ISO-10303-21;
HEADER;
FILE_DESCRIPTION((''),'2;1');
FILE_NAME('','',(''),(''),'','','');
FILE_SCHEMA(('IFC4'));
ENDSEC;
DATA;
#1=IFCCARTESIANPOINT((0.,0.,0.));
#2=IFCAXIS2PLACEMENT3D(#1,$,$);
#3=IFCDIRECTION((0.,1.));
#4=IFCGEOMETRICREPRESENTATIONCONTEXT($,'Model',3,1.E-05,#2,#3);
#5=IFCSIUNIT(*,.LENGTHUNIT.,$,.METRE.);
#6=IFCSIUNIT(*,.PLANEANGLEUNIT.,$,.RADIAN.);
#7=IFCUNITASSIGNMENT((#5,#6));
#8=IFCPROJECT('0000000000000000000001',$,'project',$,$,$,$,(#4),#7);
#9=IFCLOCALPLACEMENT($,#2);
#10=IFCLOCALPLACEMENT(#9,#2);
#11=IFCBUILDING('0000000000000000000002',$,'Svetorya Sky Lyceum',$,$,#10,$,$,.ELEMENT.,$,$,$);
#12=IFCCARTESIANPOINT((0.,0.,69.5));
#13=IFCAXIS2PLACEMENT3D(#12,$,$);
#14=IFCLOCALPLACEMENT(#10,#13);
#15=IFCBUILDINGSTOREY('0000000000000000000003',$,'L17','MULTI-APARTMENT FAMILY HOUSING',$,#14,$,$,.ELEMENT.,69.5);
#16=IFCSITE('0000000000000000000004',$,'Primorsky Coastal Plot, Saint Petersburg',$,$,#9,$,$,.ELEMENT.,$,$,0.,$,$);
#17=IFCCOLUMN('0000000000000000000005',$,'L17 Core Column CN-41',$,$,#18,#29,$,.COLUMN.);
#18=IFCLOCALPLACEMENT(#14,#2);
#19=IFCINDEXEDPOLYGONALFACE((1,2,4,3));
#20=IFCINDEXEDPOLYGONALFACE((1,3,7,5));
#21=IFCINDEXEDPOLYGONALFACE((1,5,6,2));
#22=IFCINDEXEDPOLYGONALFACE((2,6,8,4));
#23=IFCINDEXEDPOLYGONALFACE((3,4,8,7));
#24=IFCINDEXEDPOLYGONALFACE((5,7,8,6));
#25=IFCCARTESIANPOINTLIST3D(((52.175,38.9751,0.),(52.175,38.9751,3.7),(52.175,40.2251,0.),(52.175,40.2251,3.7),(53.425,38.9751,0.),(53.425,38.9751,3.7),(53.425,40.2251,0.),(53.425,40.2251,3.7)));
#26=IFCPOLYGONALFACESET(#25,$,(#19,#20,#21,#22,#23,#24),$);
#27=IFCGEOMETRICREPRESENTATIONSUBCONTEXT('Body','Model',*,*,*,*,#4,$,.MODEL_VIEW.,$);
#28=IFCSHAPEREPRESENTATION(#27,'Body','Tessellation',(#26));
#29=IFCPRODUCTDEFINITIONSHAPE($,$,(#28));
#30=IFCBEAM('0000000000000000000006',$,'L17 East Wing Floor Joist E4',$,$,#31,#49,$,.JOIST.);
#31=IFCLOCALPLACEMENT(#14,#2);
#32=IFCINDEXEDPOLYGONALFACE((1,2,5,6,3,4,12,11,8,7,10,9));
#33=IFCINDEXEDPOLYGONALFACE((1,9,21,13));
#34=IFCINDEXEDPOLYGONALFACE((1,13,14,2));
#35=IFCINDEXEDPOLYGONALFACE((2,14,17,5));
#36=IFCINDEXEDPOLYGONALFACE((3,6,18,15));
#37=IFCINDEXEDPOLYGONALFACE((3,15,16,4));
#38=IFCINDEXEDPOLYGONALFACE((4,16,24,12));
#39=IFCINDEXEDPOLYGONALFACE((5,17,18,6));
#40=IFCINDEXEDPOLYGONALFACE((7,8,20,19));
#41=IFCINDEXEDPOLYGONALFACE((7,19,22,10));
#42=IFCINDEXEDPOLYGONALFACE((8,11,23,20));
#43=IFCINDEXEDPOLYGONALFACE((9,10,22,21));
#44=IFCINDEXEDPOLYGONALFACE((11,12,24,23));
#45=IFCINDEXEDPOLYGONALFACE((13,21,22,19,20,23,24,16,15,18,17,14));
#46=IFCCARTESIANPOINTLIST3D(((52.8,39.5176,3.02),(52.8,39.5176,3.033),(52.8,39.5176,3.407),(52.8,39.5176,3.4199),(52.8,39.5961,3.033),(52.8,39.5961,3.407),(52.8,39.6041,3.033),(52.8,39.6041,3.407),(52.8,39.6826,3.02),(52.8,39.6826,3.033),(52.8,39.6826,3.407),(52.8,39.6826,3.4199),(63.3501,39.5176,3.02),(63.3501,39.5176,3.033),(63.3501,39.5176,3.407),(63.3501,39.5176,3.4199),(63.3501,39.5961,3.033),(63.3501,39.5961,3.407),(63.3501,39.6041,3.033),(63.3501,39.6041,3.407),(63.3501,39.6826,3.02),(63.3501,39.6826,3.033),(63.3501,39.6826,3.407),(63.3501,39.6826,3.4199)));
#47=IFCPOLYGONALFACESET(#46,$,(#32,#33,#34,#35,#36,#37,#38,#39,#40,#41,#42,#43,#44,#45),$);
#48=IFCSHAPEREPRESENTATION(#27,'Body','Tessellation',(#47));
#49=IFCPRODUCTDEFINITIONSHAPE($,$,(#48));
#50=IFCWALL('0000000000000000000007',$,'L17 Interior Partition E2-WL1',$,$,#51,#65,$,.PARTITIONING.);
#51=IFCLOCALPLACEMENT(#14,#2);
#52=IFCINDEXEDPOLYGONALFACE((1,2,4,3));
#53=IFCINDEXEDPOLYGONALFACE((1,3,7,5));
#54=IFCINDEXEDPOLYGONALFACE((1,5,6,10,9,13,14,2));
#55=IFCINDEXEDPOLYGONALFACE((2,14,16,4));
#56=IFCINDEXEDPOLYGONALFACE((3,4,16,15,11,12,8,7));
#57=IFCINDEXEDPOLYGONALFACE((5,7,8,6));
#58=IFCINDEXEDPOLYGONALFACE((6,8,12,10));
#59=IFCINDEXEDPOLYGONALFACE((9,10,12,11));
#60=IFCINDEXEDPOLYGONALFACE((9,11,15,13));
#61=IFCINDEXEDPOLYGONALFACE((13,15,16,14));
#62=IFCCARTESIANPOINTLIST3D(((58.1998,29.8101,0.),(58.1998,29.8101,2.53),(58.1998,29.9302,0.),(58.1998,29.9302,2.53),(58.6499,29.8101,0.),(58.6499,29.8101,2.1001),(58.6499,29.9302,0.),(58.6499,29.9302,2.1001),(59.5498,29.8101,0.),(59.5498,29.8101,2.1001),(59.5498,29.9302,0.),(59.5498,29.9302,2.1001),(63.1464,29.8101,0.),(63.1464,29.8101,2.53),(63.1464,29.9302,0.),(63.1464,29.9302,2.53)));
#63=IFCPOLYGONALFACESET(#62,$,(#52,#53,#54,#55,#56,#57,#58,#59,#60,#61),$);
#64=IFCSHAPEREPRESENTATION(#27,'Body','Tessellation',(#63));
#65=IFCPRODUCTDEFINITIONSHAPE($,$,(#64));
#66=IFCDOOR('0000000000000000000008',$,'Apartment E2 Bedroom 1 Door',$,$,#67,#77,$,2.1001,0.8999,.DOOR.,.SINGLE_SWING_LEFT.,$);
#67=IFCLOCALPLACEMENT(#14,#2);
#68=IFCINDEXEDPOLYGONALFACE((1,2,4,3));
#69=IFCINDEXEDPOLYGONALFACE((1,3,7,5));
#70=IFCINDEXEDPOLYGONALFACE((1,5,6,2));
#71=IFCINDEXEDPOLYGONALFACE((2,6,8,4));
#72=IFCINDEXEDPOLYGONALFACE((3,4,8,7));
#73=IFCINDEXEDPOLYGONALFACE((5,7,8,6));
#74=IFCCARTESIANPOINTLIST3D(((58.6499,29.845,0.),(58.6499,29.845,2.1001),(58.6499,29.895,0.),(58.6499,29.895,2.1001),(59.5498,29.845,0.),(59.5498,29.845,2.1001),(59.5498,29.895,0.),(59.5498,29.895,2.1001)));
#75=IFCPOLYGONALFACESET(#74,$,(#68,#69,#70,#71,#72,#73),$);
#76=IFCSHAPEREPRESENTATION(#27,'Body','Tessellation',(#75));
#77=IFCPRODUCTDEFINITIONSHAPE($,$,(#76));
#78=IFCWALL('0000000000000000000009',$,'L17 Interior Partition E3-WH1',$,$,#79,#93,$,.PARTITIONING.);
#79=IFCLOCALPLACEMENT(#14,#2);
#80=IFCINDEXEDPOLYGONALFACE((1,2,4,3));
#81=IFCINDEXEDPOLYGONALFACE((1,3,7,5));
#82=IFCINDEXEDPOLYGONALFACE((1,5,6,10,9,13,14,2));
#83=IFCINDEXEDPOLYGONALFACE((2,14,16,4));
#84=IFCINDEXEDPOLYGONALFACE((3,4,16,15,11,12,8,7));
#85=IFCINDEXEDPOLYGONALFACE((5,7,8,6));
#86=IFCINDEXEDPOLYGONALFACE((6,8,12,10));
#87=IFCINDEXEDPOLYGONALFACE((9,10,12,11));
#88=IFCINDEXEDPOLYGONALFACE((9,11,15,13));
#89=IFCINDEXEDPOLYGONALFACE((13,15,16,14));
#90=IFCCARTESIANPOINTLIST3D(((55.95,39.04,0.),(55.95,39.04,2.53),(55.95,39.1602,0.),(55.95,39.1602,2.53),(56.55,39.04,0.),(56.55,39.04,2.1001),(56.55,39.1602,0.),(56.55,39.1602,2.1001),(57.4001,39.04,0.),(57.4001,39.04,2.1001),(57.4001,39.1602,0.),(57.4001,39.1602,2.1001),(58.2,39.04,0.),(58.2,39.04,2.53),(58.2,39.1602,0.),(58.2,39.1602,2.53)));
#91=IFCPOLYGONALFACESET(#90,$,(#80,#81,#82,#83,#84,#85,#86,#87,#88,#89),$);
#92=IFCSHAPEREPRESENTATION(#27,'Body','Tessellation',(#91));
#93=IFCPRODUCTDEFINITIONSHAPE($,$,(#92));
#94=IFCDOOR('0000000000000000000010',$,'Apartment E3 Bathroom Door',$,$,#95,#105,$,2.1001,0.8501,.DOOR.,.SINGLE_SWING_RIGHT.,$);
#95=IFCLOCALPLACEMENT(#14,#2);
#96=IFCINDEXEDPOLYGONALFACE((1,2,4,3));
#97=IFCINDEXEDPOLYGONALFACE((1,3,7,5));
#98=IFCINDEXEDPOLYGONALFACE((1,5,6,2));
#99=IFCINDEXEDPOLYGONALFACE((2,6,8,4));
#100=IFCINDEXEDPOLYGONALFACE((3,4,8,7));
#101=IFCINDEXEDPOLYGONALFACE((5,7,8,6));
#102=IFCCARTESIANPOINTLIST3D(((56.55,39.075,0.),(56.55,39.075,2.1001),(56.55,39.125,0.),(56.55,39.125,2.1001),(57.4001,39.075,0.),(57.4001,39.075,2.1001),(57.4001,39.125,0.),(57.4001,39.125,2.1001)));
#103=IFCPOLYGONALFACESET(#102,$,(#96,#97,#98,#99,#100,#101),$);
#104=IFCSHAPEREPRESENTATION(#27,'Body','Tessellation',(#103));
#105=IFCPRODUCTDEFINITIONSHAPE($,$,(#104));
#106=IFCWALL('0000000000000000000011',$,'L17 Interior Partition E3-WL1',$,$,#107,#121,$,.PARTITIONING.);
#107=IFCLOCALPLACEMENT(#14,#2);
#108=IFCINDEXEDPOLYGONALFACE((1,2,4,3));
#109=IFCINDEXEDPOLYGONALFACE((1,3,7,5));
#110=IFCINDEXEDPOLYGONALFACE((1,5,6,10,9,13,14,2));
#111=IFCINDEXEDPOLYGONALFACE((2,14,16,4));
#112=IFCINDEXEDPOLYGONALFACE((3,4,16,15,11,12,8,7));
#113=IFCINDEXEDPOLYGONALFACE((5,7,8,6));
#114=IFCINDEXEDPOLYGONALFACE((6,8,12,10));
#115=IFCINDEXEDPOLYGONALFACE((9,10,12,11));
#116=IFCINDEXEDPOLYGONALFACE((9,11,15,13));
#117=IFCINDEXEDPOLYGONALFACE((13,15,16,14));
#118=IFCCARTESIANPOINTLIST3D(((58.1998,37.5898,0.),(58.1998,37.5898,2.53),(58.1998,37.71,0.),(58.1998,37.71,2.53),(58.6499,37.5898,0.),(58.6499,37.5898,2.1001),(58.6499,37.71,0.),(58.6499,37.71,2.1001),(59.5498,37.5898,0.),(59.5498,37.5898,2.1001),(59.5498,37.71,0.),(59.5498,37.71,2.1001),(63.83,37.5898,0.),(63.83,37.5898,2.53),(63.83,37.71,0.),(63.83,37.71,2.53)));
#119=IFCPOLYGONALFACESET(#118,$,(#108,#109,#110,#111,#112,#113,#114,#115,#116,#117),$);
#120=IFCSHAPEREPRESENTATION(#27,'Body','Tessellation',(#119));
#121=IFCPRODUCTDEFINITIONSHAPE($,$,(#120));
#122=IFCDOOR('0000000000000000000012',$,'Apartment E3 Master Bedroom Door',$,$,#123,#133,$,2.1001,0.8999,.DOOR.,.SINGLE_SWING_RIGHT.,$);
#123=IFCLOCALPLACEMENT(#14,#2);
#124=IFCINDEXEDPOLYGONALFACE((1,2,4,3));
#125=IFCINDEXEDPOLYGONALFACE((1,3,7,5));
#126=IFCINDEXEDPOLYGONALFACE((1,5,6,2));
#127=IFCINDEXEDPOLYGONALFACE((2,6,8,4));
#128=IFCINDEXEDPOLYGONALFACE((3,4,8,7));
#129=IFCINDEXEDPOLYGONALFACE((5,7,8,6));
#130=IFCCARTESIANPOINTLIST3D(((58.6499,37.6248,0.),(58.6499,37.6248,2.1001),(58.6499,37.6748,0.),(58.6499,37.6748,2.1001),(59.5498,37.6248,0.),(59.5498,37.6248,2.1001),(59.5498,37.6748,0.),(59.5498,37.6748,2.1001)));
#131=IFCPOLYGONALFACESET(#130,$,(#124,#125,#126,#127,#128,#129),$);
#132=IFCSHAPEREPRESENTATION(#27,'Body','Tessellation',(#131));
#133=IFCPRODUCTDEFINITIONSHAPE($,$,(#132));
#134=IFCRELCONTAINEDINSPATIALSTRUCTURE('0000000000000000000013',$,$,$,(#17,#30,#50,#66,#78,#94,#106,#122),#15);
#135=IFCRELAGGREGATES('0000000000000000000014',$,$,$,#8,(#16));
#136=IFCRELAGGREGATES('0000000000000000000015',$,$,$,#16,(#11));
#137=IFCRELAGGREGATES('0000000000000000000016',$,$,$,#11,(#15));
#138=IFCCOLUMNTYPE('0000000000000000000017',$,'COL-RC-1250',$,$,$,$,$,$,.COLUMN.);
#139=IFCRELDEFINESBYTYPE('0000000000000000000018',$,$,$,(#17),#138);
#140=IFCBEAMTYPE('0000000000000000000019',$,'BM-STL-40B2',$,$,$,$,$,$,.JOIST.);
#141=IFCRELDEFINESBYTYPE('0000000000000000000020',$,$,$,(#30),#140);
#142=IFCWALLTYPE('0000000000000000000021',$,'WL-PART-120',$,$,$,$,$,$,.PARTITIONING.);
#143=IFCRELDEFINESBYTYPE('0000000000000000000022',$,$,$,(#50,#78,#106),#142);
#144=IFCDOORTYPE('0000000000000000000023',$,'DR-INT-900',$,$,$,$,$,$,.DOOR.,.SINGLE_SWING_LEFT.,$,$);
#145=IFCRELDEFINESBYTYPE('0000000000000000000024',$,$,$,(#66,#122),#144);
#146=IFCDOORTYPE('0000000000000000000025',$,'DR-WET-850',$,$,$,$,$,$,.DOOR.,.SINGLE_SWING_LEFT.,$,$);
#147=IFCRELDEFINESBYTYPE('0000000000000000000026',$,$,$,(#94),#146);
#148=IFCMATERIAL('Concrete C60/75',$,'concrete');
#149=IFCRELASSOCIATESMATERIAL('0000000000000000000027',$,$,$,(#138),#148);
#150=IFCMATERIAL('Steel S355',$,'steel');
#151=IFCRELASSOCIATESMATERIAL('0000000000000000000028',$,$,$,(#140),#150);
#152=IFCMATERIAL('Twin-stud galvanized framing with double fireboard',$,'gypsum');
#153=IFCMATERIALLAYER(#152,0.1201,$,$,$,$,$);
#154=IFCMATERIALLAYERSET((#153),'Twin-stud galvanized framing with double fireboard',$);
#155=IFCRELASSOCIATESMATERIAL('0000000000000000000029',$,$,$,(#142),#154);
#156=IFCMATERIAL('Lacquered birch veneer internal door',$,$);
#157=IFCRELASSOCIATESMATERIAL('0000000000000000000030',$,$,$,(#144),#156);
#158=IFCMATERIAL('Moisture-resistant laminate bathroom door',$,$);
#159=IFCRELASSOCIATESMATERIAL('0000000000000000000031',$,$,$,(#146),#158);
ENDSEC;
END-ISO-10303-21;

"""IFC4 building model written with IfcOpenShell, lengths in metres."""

from ifc_helpers import new_model, si_unit, direction, frame, frame_2d, origin, origin_2d, place, context, subcontext, project, spatial, rectangle, i_section, extrude, material, layer, layer_set, material_profile, profile_set, type_object, element, fill, save


model = new_model("IFC4")

# Units and contexts
model_context = context("Model", 3, precision=1e-05, world=origin(), true_north=direction((0.0, 1.0)))
body_context = subcontext(model_context, "Body", "Model", "MODEL_VIEW")
ifc_project = project(units=[si_unit("LENGTHUNIT", "METRE"), si_unit("PLANEANGLEUNIT", "RADIAN")], contexts=[model_context])

# Site, building, storey
site_placement = place(None, origin())
site = spatial("IfcSite", under=ifc_project, at=site_placement, Name="Primorsky Coastal Plot, Saint Petersburg", CompositionType="ELEMENT", RefElevation=0.0)
building_placement = place(site_placement, origin())
building = spatial("IfcBuilding", under=site, at=building_placement, Name="Svetorya Sky Lyceum", CompositionType="ELEMENT")
storey_placement = place(building_placement, frame((0.0, 0.0, 69.5)))
storey = spatial("IfcBuildingStorey", under=building, at=storey_placement, Name="L17", Description="MULTI-APARTMENT FAMILY HOUSING", CompositionType="ELEMENT", Elevation=69.5)

# Column
ifc_material_1 = material(Name="Concrete C60/75", Category="concrete")
ifc_material_profile_1 = material_profile(ifc_material_1, rectangle(XDim=1.25, YDim=1.25, at=origin_2d()), Name="RC COL 1250x1250")
ifc_profile_set_1 = profile_set([ifc_material_profile_1], Name="Concrete C60/75")
column_type = type_object("IfcColumnType", Name="COL-RC-1250", PredefinedType="COLUMN", material=ifc_profile_set_1)
column_placement = place(storey_placement, frame((52.8, 39.6001, 0.0), z_axis=(0.0, 0.0, 1.0), x_axis=(1.0, 0.0, 0.0)))
element("IfcColumn", 1, at=column_placement, inside=storey, type_object=column_type, Name="L17 Core Column CN-41", PredefinedType="COLUMN", context=body_context, shape_type="SweptSolid", body=[
    extrude(rectangle(XDim=1.25, YDim=1.25, at=origin_2d()), origin(), (0.0, 0.0, 1.0), 3.7),
])

# Beam
ifc_material_2 = material(Name="Steel S355", Category="steel")
ifc_material_profile_2 = material_profile(ifc_material_2, i_section(OverallWidth=0.165, OverallDepth=0.3999, WebThickness=0.0081, FlangeThickness=0.0129, at=origin_2d()), Name="GOST 40B2")
ifc_profile_set_2 = profile_set([ifc_material_profile_2], Name="Steel S355")
beam_type = type_object("IfcBeamType", Name="BM-STL-40B2", PredefinedType="JOIST", material=ifc_profile_set_2)
beam_placement = place(storey_placement, frame((52.8, 39.6001, 3.22), z_axis=(1.0, 0.0, 0.0), x_axis=(0.0, 1.0, 0.0)))
element("IfcBeam", 2, at=beam_placement, inside=storey, type_object=beam_type, Name="L17 East Wing Floor Joist E4", PredefinedType="JOIST", context=body_context, shape_type="SweptSolid", body=[
    extrude(i_section(OverallWidth=0.165, OverallDepth=0.3999, WebThickness=0.0081, FlangeThickness=0.0129, at=origin_2d()), origin(), (0.0, 0.0, 1.0), 10.55),
])

# Walls, openings, doors
ifc_material_3 = material(Name="Twin-stud galvanized framing with double fireboard", Category="gypsum")
ifc_layer_1 = layer(ifc_material_3, 0.1201)
ifc_layer_set_1 = layer_set([ifc_layer_1], Name="Twin-stud galvanized framing with double fireboard")
wall_type_1 = type_object("IfcWallType", Name="WL-PART-120", PredefinedType="PARTITIONING", material=ifc_layer_set_1)
wall_1_placement = place(storey_placement, frame((58.2, 29.8701, 0.0), z_axis=(0.0, 0.0, 1.0), x_axis=(1.0, 0.0, 0.0)))
wall_1 = element("IfcWall", 3, at=wall_1_placement, inside=storey, type_object=wall_type_1, Name="L17 Interior Partition E2-WL1", PredefinedType="PARTITIONING", context=body_context, shape_type="SweptSolid", body=[
    extrude(rectangle(XDim=4.9465, YDim=0.1201, at=frame_2d((2.4731, 0.0))), origin(), (0.0, 0.0, 1.0), 2.53),
])
opening_1_placement = place(wall_1_placement, frame((0.45, 0.0, 0.0)))
opening_1 = element("IfcOpeningElement", 4, at=opening_1_placement, cuts=wall_1, PredefinedType="OPENING", context=body_context, shape_type="SweptSolid", body=[
    extrude(rectangle(XDim=0.8999, YDim=2.1001, at=frame_2d((0.45, 1.05))), frame((0.0, 0.0701, 0.0), z_axis=(0.0, -1.0, 0.0), x_axis=(1.0, 0.0, 0.0)), (0.0, 0.0, 1.0), 0.1401),
])
ifc_material_4 = material(Name="Lacquered birch veneer internal door")
door_type_1 = type_object("IfcDoorType", Name="DR-INT-900", OperationType="SINGLE_SWING_LEFT", PredefinedType="DOOR", material=ifc_material_4)
door_1_placement = place(opening_1_placement, origin())
door_1 = element("IfcDoor", 5, at=door_1_placement, inside=storey, type_object=door_type_1, Name="Apartment E2 Bedroom 1 Door", OperationType="SINGLE_SWING_LEFT", OverallHeight=2.1001, OverallWidth=0.8999, PredefinedType="DOOR", context=body_context, shape_type="SweptSolid", body=[
    extrude(rectangle(XDim=0.8999, YDim=2.1001, at=frame_2d((0.45, 1.05))), frame((0.0, 0.0249, 0.0), z_axis=(0.0, -1.0, 0.0), x_axis=(1.0, 0.0, 0.0)), (0.0, 0.0, 1.0), 0.05),
])
fill(opening_1, door_1)
wall_2_placement = place(storey_placement, frame((55.95, 39.1001, 0.0), z_axis=(0.0, 0.0, 1.0), x_axis=(1.0, 0.0, 0.0)))
wall_2 = element("IfcWall", 6, at=wall_2_placement, inside=storey, type_object=wall_type_1, Name="L17 Interior Partition E3-WH1", PredefinedType="PARTITIONING", context=body_context, shape_type="SweptSolid", body=[
    extrude(rectangle(XDim=2.25, YDim=0.1201, at=frame_2d((1.125, 0.0))), origin(), (0.0, 0.0, 1.0), 2.53),
])
opening_2_placement = place(wall_2_placement, frame((0.6001, 0.0, 0.0)))
opening_2 = element("IfcOpeningElement", 7, at=opening_2_placement, cuts=wall_2, PredefinedType="OPENING", context=body_context, shape_type="SweptSolid", body=[
    extrude(rectangle(XDim=0.8501, YDim=2.1001, at=frame_2d((0.425, 1.05))), frame((0.0, 0.0701, 0.0), z_axis=(0.0, -1.0, 0.0), x_axis=(1.0, 0.0, 0.0)), (0.0, 0.0, 1.0), 0.1401),
])
ifc_material_5 = material(Name="Moisture-resistant laminate bathroom door")
door_type_2 = type_object("IfcDoorType", Name="DR-WET-850", OperationType="SINGLE_SWING_LEFT", PredefinedType="DOOR", material=ifc_material_5)
door_2_placement = place(opening_2_placement, origin())
door_2 = element("IfcDoor", 8, at=door_2_placement, inside=storey, type_object=door_type_2, Name="Apartment E3 Bathroom Door", OperationType="SINGLE_SWING_RIGHT", OverallHeight=2.1001, OverallWidth=0.8501, PredefinedType="DOOR", context=body_context, shape_type="SweptSolid", body=[
    extrude(rectangle(XDim=0.8501, YDim=2.1001, at=frame_2d((0.425, 1.05))), frame((0.0, 0.0249, 0.0), z_axis=(0.0, -1.0, 0.0), x_axis=(1.0, 0.0, 0.0)), (0.0, 0.0, 1.0), 0.05),
])
fill(opening_2, door_2)
wall_3_placement = place(storey_placement, frame((58.2, 37.6499, 0.0), z_axis=(0.0, 0.0, 1.0), x_axis=(1.0, 0.0, 0.0)))
wall_3 = element("IfcWall", 9, at=wall_3_placement, inside=storey, type_object=wall_type_1, Name="L17 Interior Partition E3-WL1", PredefinedType="PARTITIONING", context=body_context, shape_type="SweptSolid", body=[
    extrude(rectangle(XDim=5.6301, YDim=0.1201, at=frame_2d((2.8149, 0.0))), origin(), (0.0, 0.0, 1.0), 2.53),
])
opening_3_placement = place(wall_3_placement, frame((0.45, 0.0, 0.0)))
opening_3 = element("IfcOpeningElement", 10, at=opening_3_placement, cuts=wall_3, PredefinedType="OPENING", context=body_context, shape_type="SweptSolid", body=[
    extrude(rectangle(XDim=0.8999, YDim=2.1001, at=frame_2d((0.45, 1.05))), frame((0.0, 0.0701, 0.0), z_axis=(0.0, -1.0, 0.0), x_axis=(1.0, 0.0, 0.0)), (0.0, 0.0, 1.0), 0.1401),
])
door_3_placement = place(opening_3_placement, origin())
door_3 = element("IfcDoor", 11, at=door_3_placement, inside=storey, type_object=door_type_1, Name="Apartment E3 Master Bedroom Door", OperationType="SINGLE_SWING_RIGHT", OverallHeight=2.1001, OverallWidth=0.8999, PredefinedType="DOOR", context=body_context, shape_type="SweptSolid", body=[
    extrude(rectangle(XDim=0.8999, YDim=2.1001, at=frame_2d((0.45, 1.05))), frame((0.0, 0.0249, 0.0), z_axis=(0.0, -1.0, 0.0), x_axis=(1.0, 0.0, 0.0)), (0.0, 0.0, 1.0), 0.05),
])
fill(opening_3, door_3)

save(model, "model.ifc")
